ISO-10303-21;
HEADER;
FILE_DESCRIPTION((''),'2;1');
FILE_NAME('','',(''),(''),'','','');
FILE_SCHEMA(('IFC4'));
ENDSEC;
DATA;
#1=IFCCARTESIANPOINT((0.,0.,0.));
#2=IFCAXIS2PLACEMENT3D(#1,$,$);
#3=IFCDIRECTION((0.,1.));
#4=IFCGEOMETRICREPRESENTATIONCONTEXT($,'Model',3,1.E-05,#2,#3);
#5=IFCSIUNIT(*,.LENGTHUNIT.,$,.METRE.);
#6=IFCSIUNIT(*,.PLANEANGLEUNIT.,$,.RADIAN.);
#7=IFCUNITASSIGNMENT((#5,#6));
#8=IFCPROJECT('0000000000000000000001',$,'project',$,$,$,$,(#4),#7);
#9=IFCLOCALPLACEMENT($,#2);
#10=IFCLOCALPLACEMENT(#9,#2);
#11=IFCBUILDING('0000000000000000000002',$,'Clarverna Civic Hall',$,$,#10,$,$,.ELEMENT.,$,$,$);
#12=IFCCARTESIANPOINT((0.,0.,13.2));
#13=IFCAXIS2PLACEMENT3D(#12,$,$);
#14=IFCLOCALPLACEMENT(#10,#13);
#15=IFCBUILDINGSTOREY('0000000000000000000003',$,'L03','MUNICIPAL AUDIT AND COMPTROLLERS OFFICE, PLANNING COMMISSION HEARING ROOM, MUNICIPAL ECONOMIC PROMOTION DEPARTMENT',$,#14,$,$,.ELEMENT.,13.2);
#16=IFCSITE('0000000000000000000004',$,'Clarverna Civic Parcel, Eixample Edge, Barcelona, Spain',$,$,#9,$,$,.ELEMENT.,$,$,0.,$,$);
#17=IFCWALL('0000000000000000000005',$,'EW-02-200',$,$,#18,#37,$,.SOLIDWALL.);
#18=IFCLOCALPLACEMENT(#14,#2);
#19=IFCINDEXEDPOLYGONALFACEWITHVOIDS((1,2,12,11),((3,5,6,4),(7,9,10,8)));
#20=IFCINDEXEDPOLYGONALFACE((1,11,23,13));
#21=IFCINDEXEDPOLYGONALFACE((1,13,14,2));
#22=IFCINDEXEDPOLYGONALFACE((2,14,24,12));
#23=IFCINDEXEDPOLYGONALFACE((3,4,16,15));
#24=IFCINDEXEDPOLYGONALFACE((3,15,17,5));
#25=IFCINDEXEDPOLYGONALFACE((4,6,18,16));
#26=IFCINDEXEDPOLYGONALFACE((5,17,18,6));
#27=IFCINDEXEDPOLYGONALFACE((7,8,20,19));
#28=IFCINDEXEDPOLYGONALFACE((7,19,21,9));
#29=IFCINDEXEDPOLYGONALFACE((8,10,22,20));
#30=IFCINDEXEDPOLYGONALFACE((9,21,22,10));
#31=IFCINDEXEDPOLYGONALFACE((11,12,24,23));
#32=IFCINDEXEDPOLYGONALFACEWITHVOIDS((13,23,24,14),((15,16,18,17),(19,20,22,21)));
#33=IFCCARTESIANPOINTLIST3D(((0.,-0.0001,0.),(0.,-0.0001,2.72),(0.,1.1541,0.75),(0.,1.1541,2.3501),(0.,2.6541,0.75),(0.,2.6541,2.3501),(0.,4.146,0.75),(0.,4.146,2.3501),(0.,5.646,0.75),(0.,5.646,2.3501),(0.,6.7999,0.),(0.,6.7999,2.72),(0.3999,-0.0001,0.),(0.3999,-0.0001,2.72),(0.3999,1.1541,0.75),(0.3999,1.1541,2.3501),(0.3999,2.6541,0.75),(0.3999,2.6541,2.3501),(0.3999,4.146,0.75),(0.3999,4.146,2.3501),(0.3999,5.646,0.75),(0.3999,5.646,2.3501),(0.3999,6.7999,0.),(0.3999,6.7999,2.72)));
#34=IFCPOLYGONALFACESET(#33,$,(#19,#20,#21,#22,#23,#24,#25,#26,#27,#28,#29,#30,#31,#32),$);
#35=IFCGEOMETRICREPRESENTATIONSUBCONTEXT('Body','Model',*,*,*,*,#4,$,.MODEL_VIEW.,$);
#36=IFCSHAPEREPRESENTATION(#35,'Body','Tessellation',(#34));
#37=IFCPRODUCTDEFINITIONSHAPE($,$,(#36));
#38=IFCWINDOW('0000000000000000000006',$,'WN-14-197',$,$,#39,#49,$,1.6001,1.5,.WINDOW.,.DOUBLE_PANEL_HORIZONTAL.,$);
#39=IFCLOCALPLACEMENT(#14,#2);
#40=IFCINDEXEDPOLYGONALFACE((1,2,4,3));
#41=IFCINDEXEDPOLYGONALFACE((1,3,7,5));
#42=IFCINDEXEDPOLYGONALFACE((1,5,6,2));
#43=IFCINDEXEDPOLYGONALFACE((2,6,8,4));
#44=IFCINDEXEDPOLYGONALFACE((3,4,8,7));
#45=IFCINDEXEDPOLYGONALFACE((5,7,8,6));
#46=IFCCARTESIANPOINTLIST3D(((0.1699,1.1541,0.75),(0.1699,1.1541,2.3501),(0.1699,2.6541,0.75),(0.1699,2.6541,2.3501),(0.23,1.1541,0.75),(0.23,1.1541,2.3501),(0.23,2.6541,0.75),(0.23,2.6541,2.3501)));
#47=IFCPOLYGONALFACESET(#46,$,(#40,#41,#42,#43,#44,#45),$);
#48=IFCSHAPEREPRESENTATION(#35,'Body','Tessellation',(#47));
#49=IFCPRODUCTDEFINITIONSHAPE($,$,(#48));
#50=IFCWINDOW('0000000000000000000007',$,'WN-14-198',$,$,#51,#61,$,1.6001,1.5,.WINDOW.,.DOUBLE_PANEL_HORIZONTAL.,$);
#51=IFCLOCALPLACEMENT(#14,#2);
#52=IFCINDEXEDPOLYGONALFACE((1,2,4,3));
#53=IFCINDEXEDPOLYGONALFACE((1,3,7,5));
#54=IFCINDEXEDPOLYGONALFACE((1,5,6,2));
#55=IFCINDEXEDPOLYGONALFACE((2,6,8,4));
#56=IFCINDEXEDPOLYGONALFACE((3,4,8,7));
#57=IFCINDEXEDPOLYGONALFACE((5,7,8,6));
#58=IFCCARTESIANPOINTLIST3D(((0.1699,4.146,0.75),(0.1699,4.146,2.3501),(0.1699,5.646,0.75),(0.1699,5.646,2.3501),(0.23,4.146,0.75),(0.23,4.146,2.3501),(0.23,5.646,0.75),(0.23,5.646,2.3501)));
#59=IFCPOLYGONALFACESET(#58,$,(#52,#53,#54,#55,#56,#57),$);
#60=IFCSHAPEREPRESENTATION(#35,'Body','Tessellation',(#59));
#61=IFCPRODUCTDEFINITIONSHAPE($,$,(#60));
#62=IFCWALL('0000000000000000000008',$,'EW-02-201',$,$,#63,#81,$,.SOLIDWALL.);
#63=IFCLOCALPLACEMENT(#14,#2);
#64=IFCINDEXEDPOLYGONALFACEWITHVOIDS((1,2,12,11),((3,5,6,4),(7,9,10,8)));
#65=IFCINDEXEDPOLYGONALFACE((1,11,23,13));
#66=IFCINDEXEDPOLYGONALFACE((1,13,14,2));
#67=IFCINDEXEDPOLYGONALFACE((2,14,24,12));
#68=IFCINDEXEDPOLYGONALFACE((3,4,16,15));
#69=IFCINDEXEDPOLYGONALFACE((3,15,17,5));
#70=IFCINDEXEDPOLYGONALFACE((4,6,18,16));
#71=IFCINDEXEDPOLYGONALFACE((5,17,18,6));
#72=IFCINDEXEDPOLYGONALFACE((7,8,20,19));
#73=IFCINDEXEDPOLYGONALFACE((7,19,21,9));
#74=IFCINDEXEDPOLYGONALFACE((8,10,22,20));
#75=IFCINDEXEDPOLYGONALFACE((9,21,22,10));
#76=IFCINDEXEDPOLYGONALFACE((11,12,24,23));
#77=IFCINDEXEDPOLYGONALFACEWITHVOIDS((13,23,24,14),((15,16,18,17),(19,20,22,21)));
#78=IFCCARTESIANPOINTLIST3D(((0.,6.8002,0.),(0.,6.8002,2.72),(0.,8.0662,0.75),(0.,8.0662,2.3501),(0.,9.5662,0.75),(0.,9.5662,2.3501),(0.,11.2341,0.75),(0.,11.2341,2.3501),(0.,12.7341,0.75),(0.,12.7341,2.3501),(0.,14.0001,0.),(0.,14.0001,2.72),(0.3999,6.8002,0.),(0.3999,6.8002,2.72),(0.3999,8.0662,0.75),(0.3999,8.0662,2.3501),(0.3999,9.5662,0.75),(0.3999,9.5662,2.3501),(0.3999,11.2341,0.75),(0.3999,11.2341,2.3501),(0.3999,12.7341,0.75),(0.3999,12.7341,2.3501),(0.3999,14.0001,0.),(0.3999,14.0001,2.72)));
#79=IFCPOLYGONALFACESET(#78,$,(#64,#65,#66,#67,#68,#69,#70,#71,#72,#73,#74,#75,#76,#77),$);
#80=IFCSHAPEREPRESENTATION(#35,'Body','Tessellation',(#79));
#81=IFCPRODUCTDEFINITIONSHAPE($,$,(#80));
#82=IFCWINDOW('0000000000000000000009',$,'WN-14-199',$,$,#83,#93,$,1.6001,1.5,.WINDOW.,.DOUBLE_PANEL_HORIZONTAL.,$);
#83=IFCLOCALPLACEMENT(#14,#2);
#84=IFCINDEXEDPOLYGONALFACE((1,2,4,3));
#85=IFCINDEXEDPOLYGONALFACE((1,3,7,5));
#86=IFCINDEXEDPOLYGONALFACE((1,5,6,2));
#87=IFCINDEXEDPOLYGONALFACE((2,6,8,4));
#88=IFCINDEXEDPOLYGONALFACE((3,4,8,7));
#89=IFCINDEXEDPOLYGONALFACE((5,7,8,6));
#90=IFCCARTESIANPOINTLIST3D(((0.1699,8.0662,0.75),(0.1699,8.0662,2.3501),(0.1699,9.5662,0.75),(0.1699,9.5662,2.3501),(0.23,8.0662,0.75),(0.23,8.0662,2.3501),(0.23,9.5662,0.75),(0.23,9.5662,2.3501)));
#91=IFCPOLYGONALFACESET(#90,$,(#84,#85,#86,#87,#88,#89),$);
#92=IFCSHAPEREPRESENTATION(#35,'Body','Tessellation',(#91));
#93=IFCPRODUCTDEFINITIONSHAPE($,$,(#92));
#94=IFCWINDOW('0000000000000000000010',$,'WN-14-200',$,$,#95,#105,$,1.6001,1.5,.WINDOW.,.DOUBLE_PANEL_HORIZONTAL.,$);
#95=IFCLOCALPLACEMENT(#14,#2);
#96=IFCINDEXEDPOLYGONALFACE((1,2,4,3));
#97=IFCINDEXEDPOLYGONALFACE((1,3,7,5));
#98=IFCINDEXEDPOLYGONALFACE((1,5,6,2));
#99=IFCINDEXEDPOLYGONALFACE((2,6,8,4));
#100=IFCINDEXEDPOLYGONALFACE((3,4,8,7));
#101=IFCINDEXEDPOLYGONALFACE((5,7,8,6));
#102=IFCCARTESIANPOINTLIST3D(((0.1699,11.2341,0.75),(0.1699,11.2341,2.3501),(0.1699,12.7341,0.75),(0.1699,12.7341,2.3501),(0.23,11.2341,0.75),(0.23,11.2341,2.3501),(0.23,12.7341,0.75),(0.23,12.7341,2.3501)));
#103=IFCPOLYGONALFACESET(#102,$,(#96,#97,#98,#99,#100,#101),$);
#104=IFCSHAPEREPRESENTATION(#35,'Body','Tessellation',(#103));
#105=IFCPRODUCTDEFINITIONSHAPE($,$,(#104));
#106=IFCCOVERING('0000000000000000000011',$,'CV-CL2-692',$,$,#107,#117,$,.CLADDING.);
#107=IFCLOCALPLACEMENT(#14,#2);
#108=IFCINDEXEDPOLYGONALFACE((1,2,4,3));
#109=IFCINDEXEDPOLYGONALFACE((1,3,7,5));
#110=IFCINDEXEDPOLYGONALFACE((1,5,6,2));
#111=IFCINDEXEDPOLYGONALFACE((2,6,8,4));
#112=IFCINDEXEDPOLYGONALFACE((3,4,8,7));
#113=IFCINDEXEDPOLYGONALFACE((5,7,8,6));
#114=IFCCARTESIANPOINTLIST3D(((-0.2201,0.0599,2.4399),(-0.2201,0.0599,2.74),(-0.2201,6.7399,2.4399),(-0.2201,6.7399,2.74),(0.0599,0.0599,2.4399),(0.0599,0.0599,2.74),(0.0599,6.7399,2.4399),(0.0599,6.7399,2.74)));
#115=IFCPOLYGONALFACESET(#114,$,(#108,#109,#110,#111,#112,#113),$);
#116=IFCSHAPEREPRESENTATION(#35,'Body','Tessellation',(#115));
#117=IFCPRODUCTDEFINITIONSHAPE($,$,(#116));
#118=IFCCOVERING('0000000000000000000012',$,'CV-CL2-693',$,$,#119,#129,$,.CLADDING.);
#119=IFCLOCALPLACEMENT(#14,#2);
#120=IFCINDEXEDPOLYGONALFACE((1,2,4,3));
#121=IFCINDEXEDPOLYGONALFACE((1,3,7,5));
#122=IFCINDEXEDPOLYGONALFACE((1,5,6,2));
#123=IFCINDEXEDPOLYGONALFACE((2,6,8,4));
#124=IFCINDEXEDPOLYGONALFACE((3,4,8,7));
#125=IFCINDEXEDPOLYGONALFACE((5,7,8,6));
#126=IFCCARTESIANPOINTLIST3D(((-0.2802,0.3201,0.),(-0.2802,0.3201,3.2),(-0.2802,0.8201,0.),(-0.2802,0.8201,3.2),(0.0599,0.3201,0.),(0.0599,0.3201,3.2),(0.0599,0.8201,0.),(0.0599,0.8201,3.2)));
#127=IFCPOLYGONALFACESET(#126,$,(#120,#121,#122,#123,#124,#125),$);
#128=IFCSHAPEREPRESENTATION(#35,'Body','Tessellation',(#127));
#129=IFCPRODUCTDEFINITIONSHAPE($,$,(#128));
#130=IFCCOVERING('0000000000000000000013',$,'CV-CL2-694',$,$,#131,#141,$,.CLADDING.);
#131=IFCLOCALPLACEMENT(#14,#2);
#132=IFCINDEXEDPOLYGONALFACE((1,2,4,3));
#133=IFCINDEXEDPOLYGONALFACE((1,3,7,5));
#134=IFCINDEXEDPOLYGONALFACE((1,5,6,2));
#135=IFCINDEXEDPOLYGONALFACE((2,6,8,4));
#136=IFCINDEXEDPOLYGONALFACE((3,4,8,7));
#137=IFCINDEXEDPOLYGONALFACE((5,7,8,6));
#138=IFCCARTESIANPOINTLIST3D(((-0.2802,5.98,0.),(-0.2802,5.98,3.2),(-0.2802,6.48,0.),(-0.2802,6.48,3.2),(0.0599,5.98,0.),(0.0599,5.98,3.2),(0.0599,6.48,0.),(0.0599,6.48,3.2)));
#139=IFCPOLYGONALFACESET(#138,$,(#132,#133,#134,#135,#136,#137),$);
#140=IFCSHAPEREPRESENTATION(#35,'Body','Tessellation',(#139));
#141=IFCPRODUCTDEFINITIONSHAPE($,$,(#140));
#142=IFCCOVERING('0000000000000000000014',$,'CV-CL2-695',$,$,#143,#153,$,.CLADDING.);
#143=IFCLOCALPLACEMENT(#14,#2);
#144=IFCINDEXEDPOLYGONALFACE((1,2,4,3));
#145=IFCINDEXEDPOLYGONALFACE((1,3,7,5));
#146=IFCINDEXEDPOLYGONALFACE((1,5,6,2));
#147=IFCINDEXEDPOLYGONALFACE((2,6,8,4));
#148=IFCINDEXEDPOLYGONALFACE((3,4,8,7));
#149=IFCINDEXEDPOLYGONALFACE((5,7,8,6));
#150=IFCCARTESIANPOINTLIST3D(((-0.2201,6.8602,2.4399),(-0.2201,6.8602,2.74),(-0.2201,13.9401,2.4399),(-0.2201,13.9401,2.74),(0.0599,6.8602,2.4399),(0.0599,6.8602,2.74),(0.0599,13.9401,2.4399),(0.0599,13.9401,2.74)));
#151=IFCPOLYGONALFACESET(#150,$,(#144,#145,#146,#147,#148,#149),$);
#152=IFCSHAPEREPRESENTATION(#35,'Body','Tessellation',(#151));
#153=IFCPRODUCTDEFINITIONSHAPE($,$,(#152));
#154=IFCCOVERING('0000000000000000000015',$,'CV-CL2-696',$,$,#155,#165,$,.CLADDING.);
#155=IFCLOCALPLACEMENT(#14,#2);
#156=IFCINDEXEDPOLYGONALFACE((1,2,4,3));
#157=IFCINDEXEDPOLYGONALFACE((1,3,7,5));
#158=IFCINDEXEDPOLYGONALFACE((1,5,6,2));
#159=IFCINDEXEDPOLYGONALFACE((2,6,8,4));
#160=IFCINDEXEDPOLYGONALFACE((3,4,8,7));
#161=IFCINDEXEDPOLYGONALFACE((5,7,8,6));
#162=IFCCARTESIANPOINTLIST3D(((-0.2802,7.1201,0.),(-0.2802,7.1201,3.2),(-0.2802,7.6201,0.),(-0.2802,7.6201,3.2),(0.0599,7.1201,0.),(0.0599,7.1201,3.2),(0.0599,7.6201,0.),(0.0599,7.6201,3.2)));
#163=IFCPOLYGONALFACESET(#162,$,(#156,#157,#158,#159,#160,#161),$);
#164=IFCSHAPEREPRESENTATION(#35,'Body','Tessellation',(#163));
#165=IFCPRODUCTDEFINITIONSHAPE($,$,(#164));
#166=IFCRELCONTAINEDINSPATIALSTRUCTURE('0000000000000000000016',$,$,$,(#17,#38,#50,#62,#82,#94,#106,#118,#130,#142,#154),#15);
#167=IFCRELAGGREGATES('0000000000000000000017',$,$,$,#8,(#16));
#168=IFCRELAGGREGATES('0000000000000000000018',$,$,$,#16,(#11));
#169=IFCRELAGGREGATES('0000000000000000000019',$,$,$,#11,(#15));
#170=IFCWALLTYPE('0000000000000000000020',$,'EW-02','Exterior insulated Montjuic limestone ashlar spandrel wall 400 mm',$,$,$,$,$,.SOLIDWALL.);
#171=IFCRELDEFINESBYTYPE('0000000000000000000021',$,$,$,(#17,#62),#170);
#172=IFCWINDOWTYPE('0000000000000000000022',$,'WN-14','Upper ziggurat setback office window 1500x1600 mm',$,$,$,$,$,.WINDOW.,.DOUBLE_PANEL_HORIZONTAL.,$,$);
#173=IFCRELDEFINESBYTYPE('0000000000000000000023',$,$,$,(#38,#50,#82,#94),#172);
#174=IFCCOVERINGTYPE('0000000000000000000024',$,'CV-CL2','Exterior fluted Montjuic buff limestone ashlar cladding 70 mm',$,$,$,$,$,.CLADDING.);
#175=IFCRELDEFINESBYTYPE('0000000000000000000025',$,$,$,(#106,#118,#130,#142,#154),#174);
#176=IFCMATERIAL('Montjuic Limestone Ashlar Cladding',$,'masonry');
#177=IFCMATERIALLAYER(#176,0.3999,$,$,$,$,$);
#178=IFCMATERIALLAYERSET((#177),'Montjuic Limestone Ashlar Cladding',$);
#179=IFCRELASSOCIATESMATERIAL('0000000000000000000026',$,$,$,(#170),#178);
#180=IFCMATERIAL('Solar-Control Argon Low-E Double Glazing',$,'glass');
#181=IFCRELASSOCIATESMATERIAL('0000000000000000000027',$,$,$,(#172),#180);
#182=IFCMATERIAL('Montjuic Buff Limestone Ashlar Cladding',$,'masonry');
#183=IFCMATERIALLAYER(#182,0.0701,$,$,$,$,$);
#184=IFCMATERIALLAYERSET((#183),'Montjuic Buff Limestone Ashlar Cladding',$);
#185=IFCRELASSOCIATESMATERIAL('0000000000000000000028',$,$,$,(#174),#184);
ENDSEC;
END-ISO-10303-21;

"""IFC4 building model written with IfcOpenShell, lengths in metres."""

from ifc_helpers import new_model, si_unit, direction, frame, frame_2d, origin, place, context, subcontext, project, spatial, rectangle, extrude, material, layer, layer_set, type_object, element, fill, save


model = new_model("IFC4")

# Units and contexts
model_context = context("Model", 3, precision=1e-05, world=origin(), true_north=direction((0.0, 1.0)))
body_context = subcontext(model_context, "Body", "Model", "MODEL_VIEW")
ifc_project = project(units=[si_unit("LENGTHUNIT", "METRE"), si_unit("PLANEANGLEUNIT", "RADIAN")], contexts=[model_context])

# Site, building, storey
site_placement = place(None, origin())
site = spatial("IfcSite", under=ifc_project, at=site_placement, Name="Clarverna Civic Parcel, Eixample Edge, Barcelona, Spain", CompositionType="ELEMENT", RefElevation=0.0)
building_placement = place(site_placement, origin())
building = spatial("IfcBuilding", under=site, at=building_placement, Name="Clarverna Civic Hall", CompositionType="ELEMENT")
storey_placement = place(building_placement, frame((0.0, 0.0, 13.2)))
storey = spatial("IfcBuildingStorey", under=building, at=storey_placement, Name="L03", Description="MUNICIPAL AUDIT AND COMPTROLLERS OFFICE, PLANNING COMMISSION HEARING ROOM, MUNICIPAL ECONOMIC PROMOTION DEPARTMENT", CompositionType="ELEMENT", Elevation=13.2)

# Walls, openings, windows
ifc_material_1 = material(Name="Montjuic Limestone Ashlar Cladding", Category="masonry")
ifc_layer_1 = layer(ifc_material_1, 0.3999)
ifc_layer_set_1 = layer_set([ifc_layer_1], Name="Montjuic Limestone Ashlar Cladding")
wall_type = type_object("IfcWallType", Name="EW-02", Description="Exterior insulated Montjuic limestone ashlar spandrel wall 400 mm", PredefinedType="SOLIDWALL", material=ifc_layer_set_1)
wall_1_placement = place(storey_placement, frame((0.2, 0.0, 0.0), z_axis=(0.0, 0.0, 1.0), x_axis=(0.0, 1.0, 0.0)))
wall_1 = element("IfcWall", 1, at=wall_1_placement, inside=storey, type_object=wall_type, Name="EW-02-200", PredefinedType="SOLIDWALL", context=body_context, shape_type="SweptSolid", body=[
    extrude(rectangle(XDim=6.8, YDim=0.3999, at=frame_2d((3.3999, 0.0))), origin(), (0.0, 0.0, 1.0), 2.72),
])
opening_1_placement = place(wall_1_placement, frame((1.1541, 0.0, 0.75)))
opening_1 = element("IfcOpeningElement", 2, at=opening_1_placement, cuts=wall_1, PredefinedType="OPENING", context=body_context, shape_type="SweptSolid", body=[
    extrude(rectangle(XDim=1.5, YDim=1.6001, at=frame_2d((0.75, 0.8))), frame((0.0, 0.21, 0.0), z_axis=(0.0, -1.0, 0.0), x_axis=(1.0, 0.0, 0.0)), (0.0, 0.0, 1.0), 0.4199),
])
opening_2_placement = place(wall_1_placement, frame((4.146, 0.0, 0.75)))
opening_2 = element("IfcOpeningElement", 3, at=opening_2_placement, cuts=wall_1, PredefinedType="OPENING", context=body_context, shape_type="SweptSolid", body=[
    extrude(rectangle(XDim=1.5, YDim=1.6001, at=frame_2d((0.75, 0.8))), frame((0.0, 0.21, 0.0), z_axis=(0.0, -1.0, 0.0), x_axis=(1.0, 0.0, 0.0)), (0.0, 0.0, 1.0), 0.4199),
])
ifc_material_2 = material(Name="Solar-Control Argon Low-E Double Glazing", Category="glass")
window_type = type_object("IfcWindowType", Name="WN-14", Description="Upper ziggurat setback office window 1500x1600 mm", PartitioningType="DOUBLE_PANEL_HORIZONTAL", PredefinedType="WINDOW", material=ifc_material_2)
window_1_placement = place(opening_1_placement, origin())
window_1 = element("IfcWindow", 4, at=window_1_placement, inside=storey, type_object=window_type, Name="WN-14-197", OverallHeight=1.6001, OverallWidth=1.5, PartitioningType="DOUBLE_PANEL_HORIZONTAL", PredefinedType="WINDOW", context=body_context, shape_type="SweptSolid", body=[
    extrude(rectangle(XDim=1.5, YDim=1.6001, at=frame_2d((0.75, 0.8))), frame((0.0, 0.03, 0.0), z_axis=(0.0, -1.0, 0.0), x_axis=(1.0, 0.0, 0.0)), (0.0, 0.0, 1.0), 0.0601),
])
fill(opening_1, window_1)
window_2_placement = place(opening_2_placement, origin())
window_2 = element("IfcWindow", 5, at=window_2_placement, inside=storey, type_object=window_type, Name="WN-14-198", OverallHeight=1.6001, OverallWidth=1.5, PartitioningType="DOUBLE_PANEL_HORIZONTAL", PredefinedType="WINDOW", context=body_context, shape_type="SweptSolid", body=[
    extrude(rectangle(XDim=1.5, YDim=1.6001, at=frame_2d((0.75, 0.8))), frame((0.0, 0.03, 0.0), z_axis=(0.0, -1.0, 0.0), x_axis=(1.0, 0.0, 0.0)), (0.0, 0.0, 1.0), 0.0601),
])
fill(opening_2, window_2)
wall_2_placement = place(storey_placement, frame((0.2, 6.8, 0.0), z_axis=(0.0, 0.0, 1.0), x_axis=(0.0, 1.0, 0.0)))
wall_2 = element("IfcWall", 6, at=wall_2_placement, inside=storey, type_object=wall_type, Name="EW-02-201", PredefinedType="SOLIDWALL", context=body_context, shape_type="SweptSolid", body=[
    extrude(rectangle(XDim=7.2, YDim=0.3999, at=frame_2d((3.6001, 0.0))), origin(), (0.0, 0.0, 1.0), 2.72),
])
opening_3_placement = place(wall_2_placement, frame((1.2661, 0.0, 0.75)))
opening_3 = element("IfcOpeningElement", 7, at=opening_3_placement, cuts=wall_2, PredefinedType="OPENING", context=body_context, shape_type="SweptSolid", body=[
    extrude(rectangle(XDim=1.5, YDim=1.6001, at=frame_2d((0.75, 0.8))), frame((0.0, 0.21, 0.0), z_axis=(0.0, -1.0, 0.0), x_axis=(1.0, 0.0, 0.0)), (0.0, 0.0, 1.0), 0.4199),
])
opening_4_placement = place(wall_2_placement, frame((4.4341, 0.0, 0.75)))
opening_4 = element("IfcOpeningElement", 8, at=opening_4_placement, cuts=wall_2, PredefinedType="OPENING", context=body_context, shape_type="SweptSolid", body=[
    extrude(rectangle(XDim=1.5, YDim=1.6001, at=frame_2d((0.75, 0.8))), frame((0.0, 0.21, 0.0), z_axis=(0.0, -1.0, 0.0), x_axis=(1.0, 0.0, 0.0)), (0.0, 0.0, 1.0), 0.4199),
])
window_3_placement = place(opening_3_placement, origin())
window_3 = element("IfcWindow", 9, at=window_3_placement, inside=storey, type_object=window_type, Name="WN-14-199", OverallHeight=1.6001, OverallWidth=1.5, PartitioningType="DOUBLE_PANEL_HORIZONTAL", PredefinedType="WINDOW", context=body_context, shape_type="SweptSolid", body=[
    extrude(rectangle(XDim=1.5, YDim=1.6001, at=frame_2d((0.75, 0.8))), frame((0.0, 0.03, 0.0), z_axis=(0.0, -1.0, 0.0), x_axis=(1.0, 0.0, 0.0)), (0.0, 0.0, 1.0), 0.0601),
])
fill(opening_3, window_3)
window_4_placement = place(opening_4_placement, origin())
window_4 = element("IfcWindow", 10, at=window_4_placement, inside=storey, type_object=window_type, Name="WN-14-200", OverallHeight=1.6001, OverallWidth=1.5, PartitioningType="DOUBLE_PANEL_HORIZONTAL", PredefinedType="WINDOW", context=body_context, shape_type="SweptSolid", body=[
    extrude(rectangle(XDim=1.5, YDim=1.6001, at=frame_2d((0.75, 0.8))), frame((0.0, 0.03, 0.0), z_axis=(0.0, -1.0, 0.0), x_axis=(1.0, 0.0, 0.0)), (0.0, 0.0, 1.0), 0.0601),
])
fill(opening_4, window_4)

# Coverings
ifc_material_3 = material(Name="Montjuic Buff Limestone Ashlar Cladding", Category="masonry")
ifc_layer_2 = layer(ifc_material_3, 0.0701)
ifc_layer_set_2 = layer_set([ifc_layer_2], Name="Montjuic Buff Limestone Ashlar Cladding")
covering_type = type_object("IfcCoveringType", Name="CV-CL2", Description="Exterior fluted Montjuic buff limestone ashlar cladding 70 mm", PredefinedType="CLADDING", material=ifc_layer_set_2)
covering_1_placement = place(storey_placement, frame((-0.0801, 0.0601, 2.4399), z_axis=(0.0, 0.0, 1.0), x_axis=(0.0, 1.0, 0.0)))
element("IfcCovering", 11, at=covering_1_placement, inside=storey, type_object=covering_type, Name="CV-CL2-692", PredefinedType="CLADDING", context=body_context, shape_type="SweptSolid", body=[
    extrude(rectangle(XDim=6.6799, YDim=0.28, at=frame_2d((3.3398, 0.0))), origin(), (0.0, 0.0, 1.0), 0.3),
])
for number, where, z_axis, x_axis, name in (
    (12, (-0.1101, 0.3201, 0.0), (0.0, 0.0, 1.0), (0.0, 1.0, 0.0), "CV-CL2-693"),
    (13, (-0.1101, 5.98, 0.0), (0.0, 0.0, 1.0), (0.0, 1.0, 0.0), "CV-CL2-694"),
):
    element("IfcCovering", number, at=place(storey_placement, frame(where, z_axis=z_axis, x_axis=x_axis)), inside=storey, type_object=covering_type, Name=name, PredefinedType="CLADDING", context=body_context, shape_type="SweptSolid", body=[
        extrude(rectangle(XDim=0.5, YDim=0.3401, at=frame_2d((0.25, 0.0))), origin(), (0.0, 0.0, 1.0), 3.2),
    ])
covering_2_placement = place(storey_placement, frame((-0.0801, 6.8601, 2.4399), z_axis=(0.0, 0.0, 1.0), x_axis=(0.0, 1.0, 0.0)))
element("IfcCovering", 14, at=covering_2_placement, inside=storey, type_object=covering_type, Name="CV-CL2-695", PredefinedType="CLADDING", context=body_context, shape_type="SweptSolid", body=[
    extrude(rectangle(XDim=7.0798, YDim=0.28, at=frame_2d((3.54, 0.0))), origin(), (0.0, 0.0, 1.0), 0.3),
])
covering_3_placement = place(storey_placement, frame((-0.1101, 7.1201, 0.0), z_axis=(0.0, 0.0, 1.0), x_axis=(0.0, 1.0, 0.0)))
element("IfcCovering", 15, at=covering_3_placement, inside=storey, type_object=covering_type, Name="CV-CL2-696", PredefinedType="CLADDING", context=body_context, shape_type="SweptSolid", body=[
    extrude(rectangle(XDim=0.5, YDim=0.3401, at=frame_2d((0.25, 0.0))), origin(), (0.0, 0.0, 1.0), 3.2),
])

save(model, "model.ifc")
